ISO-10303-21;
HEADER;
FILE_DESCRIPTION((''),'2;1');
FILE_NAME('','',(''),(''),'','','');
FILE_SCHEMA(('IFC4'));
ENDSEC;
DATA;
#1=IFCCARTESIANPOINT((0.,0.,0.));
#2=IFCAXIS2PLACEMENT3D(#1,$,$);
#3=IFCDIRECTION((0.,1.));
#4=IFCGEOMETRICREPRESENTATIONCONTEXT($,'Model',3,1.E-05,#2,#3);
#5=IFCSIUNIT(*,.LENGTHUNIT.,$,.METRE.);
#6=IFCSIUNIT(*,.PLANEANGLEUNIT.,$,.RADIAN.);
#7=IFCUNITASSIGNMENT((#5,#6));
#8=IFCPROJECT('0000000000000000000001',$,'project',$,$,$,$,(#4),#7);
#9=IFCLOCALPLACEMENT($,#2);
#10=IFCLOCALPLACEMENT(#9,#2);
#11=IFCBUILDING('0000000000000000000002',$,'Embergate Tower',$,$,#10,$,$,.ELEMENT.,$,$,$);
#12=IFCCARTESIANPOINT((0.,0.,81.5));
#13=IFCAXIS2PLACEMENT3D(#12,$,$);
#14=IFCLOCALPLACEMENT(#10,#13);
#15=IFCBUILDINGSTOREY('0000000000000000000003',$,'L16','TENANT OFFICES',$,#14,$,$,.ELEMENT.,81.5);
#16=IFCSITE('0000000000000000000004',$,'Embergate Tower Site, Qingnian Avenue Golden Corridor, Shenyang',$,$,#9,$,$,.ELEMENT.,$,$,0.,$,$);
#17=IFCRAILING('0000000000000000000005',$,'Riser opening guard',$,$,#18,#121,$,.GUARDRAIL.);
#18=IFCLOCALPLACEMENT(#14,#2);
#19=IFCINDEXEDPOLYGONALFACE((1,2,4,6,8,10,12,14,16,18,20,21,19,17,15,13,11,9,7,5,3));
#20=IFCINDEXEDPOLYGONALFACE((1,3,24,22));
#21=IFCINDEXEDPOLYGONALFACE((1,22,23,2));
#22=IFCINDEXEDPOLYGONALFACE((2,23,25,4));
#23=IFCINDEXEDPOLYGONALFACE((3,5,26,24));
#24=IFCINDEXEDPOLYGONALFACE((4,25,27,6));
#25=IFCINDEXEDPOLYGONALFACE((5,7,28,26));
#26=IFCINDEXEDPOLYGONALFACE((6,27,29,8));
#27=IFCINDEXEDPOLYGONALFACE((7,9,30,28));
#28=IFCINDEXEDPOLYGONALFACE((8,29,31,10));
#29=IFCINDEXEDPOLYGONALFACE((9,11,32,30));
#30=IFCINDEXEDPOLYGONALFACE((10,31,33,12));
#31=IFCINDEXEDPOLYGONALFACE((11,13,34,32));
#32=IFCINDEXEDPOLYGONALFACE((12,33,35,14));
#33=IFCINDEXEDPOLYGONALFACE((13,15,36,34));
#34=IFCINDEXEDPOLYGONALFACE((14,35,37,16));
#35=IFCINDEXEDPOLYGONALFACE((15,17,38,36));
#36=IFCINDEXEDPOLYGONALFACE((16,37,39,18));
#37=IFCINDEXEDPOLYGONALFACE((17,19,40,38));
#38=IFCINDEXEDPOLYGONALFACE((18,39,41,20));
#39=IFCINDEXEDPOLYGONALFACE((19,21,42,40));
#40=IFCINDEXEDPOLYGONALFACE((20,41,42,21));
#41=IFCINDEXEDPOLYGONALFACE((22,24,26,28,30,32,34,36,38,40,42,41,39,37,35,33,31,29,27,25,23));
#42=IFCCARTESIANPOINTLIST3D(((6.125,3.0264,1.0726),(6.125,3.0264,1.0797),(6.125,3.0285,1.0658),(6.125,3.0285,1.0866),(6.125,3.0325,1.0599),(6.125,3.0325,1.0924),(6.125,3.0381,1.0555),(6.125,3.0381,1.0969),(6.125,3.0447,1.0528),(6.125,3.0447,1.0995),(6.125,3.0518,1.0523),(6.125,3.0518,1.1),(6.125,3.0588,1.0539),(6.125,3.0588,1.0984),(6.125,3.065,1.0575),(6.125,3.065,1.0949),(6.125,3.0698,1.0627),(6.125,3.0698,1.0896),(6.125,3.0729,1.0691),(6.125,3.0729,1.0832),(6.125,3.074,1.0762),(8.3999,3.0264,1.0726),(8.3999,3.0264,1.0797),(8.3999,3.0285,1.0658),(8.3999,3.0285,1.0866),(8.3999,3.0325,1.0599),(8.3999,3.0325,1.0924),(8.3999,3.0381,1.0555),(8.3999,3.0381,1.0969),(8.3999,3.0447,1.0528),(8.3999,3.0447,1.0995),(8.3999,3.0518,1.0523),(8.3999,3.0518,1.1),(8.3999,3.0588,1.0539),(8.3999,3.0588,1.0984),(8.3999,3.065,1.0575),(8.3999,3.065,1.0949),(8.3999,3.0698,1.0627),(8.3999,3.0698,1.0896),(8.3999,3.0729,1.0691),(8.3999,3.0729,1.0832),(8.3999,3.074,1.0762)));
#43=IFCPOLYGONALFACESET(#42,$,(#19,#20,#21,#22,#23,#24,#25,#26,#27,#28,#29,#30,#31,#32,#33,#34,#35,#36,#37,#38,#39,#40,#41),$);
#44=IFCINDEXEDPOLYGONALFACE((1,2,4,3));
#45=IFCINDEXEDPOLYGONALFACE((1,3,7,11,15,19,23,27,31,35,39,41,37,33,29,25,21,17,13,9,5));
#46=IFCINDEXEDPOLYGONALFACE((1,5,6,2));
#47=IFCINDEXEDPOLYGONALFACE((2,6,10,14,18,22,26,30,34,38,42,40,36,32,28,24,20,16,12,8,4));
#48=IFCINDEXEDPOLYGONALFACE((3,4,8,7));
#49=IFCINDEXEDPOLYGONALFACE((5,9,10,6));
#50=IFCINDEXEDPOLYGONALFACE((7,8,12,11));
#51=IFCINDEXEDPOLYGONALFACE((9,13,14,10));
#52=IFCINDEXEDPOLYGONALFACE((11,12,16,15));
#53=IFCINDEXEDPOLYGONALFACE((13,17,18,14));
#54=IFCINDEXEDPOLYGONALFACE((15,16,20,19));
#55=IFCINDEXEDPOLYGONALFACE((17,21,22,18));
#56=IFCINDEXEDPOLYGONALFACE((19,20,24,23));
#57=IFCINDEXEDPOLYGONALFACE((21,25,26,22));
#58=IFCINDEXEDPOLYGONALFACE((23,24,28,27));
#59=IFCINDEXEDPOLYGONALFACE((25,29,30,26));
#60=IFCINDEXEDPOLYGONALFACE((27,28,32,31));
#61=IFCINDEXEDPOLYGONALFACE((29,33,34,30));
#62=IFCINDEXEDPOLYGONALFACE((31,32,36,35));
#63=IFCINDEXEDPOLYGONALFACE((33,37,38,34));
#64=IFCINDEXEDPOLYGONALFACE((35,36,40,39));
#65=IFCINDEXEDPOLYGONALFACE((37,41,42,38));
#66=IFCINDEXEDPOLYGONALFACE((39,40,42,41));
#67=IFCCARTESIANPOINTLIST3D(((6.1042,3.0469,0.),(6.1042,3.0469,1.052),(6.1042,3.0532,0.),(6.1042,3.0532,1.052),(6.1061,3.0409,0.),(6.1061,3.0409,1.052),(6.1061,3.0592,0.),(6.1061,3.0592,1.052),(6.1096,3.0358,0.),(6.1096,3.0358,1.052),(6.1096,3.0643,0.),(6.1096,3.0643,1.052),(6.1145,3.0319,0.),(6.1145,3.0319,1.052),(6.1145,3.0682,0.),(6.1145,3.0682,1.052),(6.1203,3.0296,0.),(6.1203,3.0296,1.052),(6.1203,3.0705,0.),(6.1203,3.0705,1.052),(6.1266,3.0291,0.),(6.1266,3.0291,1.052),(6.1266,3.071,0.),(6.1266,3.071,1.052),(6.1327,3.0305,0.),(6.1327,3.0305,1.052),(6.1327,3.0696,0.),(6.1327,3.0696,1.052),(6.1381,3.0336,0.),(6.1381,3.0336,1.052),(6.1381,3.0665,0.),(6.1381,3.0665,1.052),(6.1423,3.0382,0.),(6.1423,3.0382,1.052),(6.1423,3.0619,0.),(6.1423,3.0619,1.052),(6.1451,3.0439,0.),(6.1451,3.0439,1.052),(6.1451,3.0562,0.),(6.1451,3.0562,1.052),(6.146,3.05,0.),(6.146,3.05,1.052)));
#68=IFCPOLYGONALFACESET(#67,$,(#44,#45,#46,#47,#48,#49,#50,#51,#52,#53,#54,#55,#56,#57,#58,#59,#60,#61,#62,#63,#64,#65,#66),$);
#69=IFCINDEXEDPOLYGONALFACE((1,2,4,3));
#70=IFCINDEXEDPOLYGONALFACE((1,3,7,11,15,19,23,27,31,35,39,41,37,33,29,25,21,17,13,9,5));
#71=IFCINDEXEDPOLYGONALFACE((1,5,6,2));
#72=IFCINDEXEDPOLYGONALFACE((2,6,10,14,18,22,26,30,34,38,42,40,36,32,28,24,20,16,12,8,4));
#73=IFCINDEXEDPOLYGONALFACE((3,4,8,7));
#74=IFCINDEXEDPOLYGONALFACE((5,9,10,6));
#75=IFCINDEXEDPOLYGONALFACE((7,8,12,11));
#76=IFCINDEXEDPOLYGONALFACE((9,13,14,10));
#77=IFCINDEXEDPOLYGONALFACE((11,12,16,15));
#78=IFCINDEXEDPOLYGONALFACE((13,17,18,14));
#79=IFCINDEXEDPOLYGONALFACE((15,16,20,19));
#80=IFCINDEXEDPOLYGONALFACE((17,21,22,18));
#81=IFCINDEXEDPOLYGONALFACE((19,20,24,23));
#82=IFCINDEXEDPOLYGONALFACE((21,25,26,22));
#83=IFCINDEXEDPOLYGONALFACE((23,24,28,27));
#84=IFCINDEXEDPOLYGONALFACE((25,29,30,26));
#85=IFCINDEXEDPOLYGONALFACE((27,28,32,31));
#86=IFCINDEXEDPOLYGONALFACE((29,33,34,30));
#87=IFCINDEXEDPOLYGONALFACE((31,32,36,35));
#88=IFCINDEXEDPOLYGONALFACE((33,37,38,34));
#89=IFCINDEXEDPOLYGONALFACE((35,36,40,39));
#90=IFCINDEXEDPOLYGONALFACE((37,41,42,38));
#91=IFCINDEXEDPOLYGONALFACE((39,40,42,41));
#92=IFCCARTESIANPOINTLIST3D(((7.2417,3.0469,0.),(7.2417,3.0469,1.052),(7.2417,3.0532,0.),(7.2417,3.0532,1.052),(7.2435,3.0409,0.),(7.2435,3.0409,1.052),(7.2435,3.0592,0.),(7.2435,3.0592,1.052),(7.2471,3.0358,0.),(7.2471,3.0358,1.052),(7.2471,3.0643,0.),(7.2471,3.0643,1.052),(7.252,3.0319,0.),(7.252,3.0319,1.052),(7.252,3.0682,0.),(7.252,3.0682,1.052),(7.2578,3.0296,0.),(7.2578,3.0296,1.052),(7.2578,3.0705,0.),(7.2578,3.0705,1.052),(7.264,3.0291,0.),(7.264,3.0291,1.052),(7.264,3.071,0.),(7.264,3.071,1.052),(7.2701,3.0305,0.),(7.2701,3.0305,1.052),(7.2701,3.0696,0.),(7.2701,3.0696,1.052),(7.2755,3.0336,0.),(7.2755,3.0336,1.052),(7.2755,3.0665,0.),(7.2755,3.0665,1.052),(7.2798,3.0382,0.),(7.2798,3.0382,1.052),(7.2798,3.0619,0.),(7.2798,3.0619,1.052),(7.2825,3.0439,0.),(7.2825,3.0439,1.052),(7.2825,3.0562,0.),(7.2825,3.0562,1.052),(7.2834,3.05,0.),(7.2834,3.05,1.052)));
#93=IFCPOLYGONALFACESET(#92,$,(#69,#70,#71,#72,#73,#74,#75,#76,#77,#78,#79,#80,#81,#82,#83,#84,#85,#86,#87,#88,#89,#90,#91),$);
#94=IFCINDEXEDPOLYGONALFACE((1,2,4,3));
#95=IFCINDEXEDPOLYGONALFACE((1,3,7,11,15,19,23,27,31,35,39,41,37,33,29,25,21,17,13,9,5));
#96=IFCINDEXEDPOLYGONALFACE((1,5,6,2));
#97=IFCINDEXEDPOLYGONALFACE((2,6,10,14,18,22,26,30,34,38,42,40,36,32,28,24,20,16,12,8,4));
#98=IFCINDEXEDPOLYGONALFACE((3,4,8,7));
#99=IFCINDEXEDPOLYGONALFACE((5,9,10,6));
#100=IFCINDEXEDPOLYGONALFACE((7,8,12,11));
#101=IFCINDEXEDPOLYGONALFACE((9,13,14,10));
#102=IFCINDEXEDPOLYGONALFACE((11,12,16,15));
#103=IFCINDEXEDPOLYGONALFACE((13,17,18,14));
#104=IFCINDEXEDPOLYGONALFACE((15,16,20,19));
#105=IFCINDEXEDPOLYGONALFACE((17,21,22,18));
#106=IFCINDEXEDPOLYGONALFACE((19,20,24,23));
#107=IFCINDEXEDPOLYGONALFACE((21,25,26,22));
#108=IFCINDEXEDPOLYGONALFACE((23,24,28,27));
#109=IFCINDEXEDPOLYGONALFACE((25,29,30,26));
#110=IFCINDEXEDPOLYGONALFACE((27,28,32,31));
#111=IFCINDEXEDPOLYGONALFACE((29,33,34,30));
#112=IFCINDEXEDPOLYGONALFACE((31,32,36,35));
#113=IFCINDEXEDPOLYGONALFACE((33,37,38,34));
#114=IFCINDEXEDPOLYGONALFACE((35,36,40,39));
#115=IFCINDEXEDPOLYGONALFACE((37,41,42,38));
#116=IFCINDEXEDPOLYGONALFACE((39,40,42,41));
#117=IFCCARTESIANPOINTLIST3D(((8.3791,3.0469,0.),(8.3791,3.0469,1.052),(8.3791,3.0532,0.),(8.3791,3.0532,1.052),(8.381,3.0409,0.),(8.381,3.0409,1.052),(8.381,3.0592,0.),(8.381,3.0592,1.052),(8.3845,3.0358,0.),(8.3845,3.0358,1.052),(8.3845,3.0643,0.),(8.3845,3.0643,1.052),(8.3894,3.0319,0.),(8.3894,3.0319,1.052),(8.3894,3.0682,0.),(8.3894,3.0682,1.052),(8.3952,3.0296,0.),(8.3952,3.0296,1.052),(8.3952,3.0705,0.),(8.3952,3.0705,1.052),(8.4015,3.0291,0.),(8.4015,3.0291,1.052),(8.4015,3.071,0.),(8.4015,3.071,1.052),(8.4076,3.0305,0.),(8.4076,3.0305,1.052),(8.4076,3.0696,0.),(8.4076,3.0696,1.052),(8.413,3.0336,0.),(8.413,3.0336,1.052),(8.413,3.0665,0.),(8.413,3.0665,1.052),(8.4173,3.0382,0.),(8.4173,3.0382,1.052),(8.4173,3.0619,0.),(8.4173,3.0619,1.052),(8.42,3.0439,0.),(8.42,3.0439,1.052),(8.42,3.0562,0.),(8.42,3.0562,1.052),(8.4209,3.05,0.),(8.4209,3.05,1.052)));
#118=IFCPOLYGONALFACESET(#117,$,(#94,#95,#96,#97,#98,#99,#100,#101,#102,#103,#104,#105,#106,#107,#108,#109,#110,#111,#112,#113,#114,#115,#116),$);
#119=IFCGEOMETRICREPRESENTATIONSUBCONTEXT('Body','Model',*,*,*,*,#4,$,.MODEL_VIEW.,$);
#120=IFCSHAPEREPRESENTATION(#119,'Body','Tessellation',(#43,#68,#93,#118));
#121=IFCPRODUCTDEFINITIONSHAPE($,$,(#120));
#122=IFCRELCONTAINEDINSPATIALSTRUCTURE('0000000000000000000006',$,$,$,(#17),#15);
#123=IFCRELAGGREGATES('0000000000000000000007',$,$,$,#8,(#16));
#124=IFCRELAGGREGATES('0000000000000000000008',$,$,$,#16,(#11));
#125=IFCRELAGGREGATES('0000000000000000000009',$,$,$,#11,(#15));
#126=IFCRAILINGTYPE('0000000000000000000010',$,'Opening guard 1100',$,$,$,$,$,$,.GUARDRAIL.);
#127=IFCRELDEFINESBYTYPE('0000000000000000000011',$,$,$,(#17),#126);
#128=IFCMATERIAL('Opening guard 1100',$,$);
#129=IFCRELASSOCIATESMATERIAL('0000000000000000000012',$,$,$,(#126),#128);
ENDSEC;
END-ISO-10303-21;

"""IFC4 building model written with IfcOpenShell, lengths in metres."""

from ifc_helpers import new_model, si_unit, direction, frame, origin, origin_2d, place, context, subcontext, project, spatial, circle, extrude, source, transform, mapped, material, type_object, element, save


model = new_model("IFC4")

# Units and contexts
model_context = context("Model", 3, precision=1e-05, world=origin(), true_north=direction((0.0, 1.0)))
body_context = subcontext(model_context, "Body", "Model", "MODEL_VIEW")
ifc_project = project(units=[si_unit("LENGTHUNIT", "METRE"), si_unit("PLANEANGLEUNIT", "RADIAN")], contexts=[model_context])

# Site, building, storey
site_placement = place(None, origin())
site = spatial("IfcSite", under=ifc_project, at=site_placement, Name="Embergate Tower Site, Qingnian Avenue Golden Corridor, Shenyang", CompositionType="ELEMENT", RefElevation=0.0)
building_placement = place(site_placement, origin())
building = spatial("IfcBuilding", under=site, at=building_placement, Name="Embergate Tower", CompositionType="ELEMENT")
storey_placement = place(building_placement, frame((0.0, 0.0, 81.5)))
storey = spatial("IfcBuildingStorey", under=building, at=storey_placement, Name="L16", Description="TENANT OFFICES", CompositionType="ELEMENT", Elevation=81.5)

# Railing
ifc_material_1 = material(Name="Opening guard 1100")
railing_type_1 = type_object("IfcRailingType", Name="Opening guard 1100", PredefinedType="GUARDRAIL", material=ifc_material_1)
shared_shape_1 = source(origin(), body_context, "Body", "SweptSolid", [
    extrude(circle(Radius=0.0239, at=origin_2d()), frame((0.0, 0.0, 1.0762), z_axis=(1.0, 0.0, 0.0), x_axis=(0.0, 1.0, 0.0)), (0.0, 0.0, 1.0), 2.2749),
    extrude(circle(Radius=0.021, at=origin_2d()), origin(), (0.0, 0.0, 1.0), 1.052),
    extrude(circle(Radius=0.021, at=origin_2d()), frame((1.1375, 0.0, 0.0)), (0.0, 0.0, 1.0), 1.052),
    extrude(circle(Radius=0.021, at=origin_2d()), frame((2.2749, 0.0, 0.0)), (0.0, 0.0, 1.0), 1.052),
])
railing_1_placement = place(storey_placement, frame((6.125, 3.05, 0.0)))
element("IfcRailing", 1, at=railing_1_placement, inside=storey, type_object=railing_type_1, Name="Riser opening guard", PredefinedType="GUARDRAIL", context=body_context, shape_type="MappedRepresentation", body=[
    mapped(shared_shape_1, transform((0.0, 0.0, 0.0))),
])

save(model, "model.ifc")
